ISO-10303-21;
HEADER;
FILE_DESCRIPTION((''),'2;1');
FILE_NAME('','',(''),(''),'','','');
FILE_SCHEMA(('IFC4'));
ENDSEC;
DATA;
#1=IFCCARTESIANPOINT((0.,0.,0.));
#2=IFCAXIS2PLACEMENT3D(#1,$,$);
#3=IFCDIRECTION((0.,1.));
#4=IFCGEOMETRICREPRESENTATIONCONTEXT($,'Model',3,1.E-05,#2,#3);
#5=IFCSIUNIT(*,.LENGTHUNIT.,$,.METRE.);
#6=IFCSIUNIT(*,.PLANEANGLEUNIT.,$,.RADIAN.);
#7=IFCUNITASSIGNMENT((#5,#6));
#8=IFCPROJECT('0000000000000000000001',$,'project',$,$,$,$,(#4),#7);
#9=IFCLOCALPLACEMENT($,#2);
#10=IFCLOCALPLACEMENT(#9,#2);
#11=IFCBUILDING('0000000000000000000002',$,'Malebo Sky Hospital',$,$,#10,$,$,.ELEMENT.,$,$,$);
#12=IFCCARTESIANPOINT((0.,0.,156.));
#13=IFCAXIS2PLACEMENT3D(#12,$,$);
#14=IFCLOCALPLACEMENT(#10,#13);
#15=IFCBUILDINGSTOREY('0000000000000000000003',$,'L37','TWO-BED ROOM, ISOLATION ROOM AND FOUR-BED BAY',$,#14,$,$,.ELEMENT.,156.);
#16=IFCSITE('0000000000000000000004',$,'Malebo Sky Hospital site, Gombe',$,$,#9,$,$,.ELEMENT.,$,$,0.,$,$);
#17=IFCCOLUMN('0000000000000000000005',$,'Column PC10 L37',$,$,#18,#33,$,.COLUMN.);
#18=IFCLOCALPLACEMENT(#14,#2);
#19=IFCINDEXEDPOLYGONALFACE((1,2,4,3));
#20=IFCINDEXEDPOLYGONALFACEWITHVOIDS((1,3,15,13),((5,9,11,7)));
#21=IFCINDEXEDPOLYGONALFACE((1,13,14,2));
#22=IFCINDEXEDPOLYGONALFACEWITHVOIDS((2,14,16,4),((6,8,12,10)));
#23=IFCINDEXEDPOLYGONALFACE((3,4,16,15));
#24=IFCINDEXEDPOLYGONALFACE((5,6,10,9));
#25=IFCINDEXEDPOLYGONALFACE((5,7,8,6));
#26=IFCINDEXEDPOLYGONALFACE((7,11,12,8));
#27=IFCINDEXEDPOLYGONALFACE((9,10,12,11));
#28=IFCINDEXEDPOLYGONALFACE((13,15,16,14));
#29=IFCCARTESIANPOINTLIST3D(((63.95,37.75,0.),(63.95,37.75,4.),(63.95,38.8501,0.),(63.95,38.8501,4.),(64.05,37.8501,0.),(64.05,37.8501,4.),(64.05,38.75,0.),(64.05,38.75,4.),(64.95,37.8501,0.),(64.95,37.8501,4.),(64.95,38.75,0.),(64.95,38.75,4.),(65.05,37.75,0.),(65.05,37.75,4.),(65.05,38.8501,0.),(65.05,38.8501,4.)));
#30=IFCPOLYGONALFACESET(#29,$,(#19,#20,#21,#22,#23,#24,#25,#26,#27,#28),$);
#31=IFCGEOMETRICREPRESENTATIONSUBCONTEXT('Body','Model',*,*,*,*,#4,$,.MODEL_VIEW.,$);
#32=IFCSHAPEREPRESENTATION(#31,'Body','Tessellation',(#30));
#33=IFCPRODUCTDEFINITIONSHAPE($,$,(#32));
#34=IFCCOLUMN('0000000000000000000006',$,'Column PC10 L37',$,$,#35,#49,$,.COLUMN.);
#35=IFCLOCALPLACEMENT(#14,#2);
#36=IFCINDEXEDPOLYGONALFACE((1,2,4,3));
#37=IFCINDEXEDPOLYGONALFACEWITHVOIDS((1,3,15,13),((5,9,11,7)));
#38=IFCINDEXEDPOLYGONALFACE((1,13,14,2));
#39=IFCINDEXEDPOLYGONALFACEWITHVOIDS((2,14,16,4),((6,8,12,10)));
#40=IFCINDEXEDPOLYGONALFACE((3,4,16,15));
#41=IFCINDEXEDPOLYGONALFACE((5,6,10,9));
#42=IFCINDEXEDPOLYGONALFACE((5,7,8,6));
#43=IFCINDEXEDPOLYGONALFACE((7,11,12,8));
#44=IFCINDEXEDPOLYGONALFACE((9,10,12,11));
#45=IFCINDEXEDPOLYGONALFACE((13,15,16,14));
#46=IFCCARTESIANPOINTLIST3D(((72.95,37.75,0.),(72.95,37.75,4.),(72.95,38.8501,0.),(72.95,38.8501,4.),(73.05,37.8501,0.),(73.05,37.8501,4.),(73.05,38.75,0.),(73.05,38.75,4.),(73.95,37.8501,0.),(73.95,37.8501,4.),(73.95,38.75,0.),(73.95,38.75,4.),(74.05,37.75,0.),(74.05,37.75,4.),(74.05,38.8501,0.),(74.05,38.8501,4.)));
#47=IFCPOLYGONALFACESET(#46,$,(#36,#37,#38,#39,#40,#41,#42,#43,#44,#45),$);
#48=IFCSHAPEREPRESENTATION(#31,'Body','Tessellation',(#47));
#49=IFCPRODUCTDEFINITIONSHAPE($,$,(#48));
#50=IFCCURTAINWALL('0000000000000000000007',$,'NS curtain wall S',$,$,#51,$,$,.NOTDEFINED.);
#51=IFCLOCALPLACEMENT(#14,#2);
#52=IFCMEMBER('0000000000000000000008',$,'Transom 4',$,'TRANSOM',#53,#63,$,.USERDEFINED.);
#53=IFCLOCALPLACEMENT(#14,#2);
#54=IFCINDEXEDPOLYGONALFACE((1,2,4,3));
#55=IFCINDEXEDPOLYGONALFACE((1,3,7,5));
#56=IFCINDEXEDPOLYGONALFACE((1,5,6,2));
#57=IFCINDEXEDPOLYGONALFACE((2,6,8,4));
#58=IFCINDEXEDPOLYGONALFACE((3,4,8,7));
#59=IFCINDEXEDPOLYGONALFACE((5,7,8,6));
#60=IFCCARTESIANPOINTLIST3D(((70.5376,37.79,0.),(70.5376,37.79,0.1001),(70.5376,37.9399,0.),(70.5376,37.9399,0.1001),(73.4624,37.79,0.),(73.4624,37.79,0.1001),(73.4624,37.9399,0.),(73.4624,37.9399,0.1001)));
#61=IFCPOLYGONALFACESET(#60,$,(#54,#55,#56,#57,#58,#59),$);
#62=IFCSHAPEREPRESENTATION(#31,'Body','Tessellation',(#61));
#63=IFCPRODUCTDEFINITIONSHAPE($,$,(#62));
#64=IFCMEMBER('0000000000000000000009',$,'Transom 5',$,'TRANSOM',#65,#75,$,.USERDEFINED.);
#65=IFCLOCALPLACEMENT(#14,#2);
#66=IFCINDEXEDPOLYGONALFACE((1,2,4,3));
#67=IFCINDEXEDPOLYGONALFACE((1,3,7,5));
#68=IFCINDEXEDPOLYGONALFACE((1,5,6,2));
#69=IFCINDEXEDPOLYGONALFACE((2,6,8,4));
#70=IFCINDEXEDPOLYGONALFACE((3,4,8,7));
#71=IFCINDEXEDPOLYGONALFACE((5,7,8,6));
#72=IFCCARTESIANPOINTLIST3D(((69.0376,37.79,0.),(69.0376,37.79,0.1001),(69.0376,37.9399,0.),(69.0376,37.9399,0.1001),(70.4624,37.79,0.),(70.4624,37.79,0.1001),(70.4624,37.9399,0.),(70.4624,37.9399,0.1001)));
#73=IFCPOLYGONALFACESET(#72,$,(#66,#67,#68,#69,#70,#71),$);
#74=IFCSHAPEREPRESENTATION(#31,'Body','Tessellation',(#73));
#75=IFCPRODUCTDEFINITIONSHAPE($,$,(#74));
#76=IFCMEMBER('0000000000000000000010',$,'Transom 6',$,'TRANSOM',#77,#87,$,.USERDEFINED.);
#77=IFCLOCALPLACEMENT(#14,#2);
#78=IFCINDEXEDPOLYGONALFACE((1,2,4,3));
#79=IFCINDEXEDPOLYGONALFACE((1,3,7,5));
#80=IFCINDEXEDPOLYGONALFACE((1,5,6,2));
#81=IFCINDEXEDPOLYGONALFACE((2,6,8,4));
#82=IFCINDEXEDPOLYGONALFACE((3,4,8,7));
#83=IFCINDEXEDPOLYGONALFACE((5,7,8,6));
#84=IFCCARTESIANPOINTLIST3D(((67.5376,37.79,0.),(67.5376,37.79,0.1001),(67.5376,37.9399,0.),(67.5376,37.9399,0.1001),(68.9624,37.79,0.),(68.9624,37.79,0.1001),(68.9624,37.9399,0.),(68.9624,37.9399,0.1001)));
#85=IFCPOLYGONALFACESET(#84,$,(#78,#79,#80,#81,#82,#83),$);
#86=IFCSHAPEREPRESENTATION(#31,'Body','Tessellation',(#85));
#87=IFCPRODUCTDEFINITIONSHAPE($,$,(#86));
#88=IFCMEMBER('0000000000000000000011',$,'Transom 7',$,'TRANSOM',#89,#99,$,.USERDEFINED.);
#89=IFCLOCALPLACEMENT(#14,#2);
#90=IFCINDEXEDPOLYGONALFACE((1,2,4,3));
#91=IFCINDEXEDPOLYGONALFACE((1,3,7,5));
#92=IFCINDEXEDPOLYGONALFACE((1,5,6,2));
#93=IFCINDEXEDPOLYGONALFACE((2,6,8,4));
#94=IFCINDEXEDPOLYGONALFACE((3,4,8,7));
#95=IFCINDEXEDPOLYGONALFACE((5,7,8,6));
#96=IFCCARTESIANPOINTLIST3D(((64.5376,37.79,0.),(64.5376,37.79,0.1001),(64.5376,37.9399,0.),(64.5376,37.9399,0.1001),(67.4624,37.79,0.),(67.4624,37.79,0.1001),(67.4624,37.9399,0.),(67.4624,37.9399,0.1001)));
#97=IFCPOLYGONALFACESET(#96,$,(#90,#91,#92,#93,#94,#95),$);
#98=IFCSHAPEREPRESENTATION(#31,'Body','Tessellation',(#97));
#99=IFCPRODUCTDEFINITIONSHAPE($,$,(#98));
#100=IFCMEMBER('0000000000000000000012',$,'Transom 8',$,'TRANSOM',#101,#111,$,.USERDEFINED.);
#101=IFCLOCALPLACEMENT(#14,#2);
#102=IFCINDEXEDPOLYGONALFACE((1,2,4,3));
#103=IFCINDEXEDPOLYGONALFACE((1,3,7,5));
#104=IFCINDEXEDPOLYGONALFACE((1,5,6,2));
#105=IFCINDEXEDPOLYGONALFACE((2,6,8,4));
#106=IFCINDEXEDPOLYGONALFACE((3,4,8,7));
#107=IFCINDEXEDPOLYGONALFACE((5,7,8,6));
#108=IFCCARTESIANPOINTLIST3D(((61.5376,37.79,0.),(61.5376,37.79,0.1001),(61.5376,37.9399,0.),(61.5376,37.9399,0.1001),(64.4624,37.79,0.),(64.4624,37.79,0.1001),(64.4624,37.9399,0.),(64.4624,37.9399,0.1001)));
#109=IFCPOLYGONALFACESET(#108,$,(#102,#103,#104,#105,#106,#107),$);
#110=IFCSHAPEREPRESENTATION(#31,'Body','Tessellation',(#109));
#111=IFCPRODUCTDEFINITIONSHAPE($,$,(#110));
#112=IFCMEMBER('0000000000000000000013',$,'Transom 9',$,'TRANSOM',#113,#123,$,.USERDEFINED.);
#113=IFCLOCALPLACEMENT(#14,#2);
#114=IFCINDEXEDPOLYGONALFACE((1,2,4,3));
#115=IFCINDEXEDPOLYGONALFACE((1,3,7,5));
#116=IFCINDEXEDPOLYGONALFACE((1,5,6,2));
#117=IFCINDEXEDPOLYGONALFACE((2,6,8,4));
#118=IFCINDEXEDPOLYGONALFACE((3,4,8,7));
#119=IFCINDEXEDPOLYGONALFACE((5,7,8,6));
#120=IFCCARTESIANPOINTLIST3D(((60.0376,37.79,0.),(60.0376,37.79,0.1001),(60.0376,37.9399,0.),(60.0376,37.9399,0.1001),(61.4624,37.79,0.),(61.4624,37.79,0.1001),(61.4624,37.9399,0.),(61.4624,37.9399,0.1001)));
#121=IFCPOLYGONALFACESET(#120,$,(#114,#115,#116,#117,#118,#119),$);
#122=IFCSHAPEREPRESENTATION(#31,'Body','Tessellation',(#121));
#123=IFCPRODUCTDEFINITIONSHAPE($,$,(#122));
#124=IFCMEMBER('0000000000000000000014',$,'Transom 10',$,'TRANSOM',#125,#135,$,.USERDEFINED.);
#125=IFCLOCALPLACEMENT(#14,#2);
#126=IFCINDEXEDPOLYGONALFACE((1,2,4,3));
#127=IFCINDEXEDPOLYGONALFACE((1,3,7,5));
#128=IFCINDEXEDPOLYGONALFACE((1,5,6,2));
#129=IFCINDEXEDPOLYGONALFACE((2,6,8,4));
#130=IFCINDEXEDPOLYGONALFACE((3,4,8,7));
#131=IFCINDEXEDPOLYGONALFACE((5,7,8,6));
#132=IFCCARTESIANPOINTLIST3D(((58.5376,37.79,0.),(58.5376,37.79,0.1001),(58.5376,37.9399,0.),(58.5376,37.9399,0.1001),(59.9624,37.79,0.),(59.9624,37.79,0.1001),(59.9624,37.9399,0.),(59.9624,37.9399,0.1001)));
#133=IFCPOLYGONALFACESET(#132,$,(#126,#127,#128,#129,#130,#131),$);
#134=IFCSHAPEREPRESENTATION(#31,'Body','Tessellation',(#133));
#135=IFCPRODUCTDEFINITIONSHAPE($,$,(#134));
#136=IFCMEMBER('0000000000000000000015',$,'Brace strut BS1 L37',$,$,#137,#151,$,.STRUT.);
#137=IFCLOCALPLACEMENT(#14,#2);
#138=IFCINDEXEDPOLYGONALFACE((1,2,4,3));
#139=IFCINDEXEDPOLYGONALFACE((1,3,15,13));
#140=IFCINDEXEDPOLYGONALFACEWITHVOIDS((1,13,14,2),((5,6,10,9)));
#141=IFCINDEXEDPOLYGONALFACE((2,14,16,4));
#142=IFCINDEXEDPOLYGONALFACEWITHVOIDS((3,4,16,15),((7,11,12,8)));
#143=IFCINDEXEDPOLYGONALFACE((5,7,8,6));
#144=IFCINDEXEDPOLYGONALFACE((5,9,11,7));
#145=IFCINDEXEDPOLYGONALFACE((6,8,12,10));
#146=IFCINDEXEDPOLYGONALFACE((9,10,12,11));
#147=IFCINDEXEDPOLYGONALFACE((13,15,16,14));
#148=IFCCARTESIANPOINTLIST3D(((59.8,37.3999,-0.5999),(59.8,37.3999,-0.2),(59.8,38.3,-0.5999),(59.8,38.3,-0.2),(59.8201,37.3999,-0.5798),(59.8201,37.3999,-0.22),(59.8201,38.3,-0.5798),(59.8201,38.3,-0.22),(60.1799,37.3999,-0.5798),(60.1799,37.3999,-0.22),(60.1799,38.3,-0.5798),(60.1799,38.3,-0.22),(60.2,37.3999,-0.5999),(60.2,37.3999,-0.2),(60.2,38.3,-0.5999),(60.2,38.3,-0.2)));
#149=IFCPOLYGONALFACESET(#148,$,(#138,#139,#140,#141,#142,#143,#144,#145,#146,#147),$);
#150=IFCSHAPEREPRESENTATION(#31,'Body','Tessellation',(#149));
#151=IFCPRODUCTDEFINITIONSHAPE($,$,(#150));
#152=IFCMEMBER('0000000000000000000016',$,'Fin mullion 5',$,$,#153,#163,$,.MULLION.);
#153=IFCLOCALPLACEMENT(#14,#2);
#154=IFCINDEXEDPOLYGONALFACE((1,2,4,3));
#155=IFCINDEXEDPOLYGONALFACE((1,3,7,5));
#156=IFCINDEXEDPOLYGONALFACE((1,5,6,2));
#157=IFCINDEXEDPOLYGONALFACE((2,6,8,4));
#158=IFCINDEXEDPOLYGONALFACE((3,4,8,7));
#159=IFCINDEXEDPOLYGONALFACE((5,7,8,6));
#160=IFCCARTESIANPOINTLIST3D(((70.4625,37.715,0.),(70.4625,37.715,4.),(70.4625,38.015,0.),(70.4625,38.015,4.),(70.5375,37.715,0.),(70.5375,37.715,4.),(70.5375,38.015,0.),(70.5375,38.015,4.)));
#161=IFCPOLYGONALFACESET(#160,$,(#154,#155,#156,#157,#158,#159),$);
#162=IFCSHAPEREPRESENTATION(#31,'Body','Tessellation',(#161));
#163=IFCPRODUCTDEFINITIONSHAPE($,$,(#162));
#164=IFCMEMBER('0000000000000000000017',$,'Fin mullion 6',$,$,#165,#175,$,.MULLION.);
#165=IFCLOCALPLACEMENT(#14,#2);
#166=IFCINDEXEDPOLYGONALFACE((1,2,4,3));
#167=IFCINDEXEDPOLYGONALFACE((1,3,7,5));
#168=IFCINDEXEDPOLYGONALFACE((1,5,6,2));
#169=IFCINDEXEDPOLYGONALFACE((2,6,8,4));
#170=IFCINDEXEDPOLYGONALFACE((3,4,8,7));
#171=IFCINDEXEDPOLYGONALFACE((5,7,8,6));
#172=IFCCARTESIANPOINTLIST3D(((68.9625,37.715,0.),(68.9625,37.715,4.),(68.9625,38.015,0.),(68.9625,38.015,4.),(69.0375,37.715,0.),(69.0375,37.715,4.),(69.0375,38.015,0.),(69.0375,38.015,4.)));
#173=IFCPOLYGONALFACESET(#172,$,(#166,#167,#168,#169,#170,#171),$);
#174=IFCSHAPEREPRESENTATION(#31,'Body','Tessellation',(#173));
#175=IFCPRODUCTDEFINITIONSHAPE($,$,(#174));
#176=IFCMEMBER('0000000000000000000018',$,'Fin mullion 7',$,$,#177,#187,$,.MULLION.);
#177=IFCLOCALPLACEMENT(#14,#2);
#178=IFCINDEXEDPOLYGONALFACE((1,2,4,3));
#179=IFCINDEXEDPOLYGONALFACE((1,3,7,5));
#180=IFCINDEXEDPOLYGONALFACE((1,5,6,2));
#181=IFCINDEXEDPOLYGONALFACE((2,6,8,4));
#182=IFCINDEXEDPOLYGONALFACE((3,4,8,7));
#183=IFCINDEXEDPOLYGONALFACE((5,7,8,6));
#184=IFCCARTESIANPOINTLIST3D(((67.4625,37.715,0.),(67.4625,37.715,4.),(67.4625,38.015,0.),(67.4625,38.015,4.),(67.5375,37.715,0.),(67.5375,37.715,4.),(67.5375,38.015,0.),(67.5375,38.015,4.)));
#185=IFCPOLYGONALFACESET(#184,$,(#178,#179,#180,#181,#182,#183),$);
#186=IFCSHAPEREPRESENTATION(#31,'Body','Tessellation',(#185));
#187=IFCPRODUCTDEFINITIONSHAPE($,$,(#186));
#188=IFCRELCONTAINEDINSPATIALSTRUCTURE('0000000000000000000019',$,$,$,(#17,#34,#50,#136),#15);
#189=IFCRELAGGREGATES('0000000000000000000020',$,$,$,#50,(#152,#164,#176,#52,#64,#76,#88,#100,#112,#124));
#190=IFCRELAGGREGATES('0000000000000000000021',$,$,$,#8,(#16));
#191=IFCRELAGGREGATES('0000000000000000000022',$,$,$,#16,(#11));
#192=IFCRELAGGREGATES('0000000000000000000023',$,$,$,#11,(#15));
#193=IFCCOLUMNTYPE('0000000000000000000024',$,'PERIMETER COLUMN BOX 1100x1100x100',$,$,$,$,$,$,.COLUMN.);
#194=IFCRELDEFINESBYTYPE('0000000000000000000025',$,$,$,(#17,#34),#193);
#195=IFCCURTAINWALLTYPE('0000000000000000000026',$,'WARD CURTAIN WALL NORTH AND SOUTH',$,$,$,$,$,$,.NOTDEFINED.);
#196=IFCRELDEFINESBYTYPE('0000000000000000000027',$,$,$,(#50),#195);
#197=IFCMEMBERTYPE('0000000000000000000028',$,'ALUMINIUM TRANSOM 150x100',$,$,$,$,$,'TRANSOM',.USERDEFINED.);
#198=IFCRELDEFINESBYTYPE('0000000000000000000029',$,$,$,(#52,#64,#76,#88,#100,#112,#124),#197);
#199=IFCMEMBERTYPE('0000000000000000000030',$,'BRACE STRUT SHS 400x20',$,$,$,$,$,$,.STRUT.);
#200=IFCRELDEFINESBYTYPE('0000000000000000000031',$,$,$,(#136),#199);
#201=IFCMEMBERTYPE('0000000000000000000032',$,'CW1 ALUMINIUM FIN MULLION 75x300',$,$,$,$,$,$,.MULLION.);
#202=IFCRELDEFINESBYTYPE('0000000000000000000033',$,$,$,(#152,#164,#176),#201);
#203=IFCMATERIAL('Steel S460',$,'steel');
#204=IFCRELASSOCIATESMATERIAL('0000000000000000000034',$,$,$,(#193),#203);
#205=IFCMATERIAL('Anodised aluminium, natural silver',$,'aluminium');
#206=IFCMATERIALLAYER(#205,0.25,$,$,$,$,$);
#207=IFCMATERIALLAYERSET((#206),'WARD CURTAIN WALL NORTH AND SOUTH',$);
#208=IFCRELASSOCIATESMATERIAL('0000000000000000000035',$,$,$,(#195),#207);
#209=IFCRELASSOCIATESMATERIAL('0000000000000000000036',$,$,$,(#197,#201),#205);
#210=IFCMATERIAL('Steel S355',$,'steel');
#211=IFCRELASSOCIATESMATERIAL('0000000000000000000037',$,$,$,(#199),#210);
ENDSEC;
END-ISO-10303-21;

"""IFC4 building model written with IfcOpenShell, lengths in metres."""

from ifc_helpers import new_model, si_unit, direction, frame, origin, origin_2d, place, context, subcontext, project, spatial, rectangle, hollow_rectangle, extrude, material, layer, layer_set, material_profile, profile_set, type_object, element, aggregate, save


model = new_model("IFC4")

# Units and contexts
model_context = context("Model", 3, precision=1e-05, world=origin(), true_north=direction((0.0, 1.0)))
body_context = subcontext(model_context, "Body", "Model", "MODEL_VIEW")
ifc_project = project(units=[si_unit("LENGTHUNIT", "METRE"), si_unit("PLANEANGLEUNIT", "RADIAN")], contexts=[model_context])

# Site, building, storey
site_placement = place(None, origin())
site = spatial("IfcSite", under=ifc_project, at=site_placement, Name="Malebo Sky Hospital site, Gombe", CompositionType="ELEMENT", RefElevation=0.0)
building_placement = place(site_placement, origin())
building = spatial("IfcBuilding", under=site, at=building_placement, Name="Malebo Sky Hospital", CompositionType="ELEMENT")
storey_placement = place(building_placement, frame((0.0, 0.0, 156.0)))
storey = spatial("IfcBuildingStorey", under=building, at=storey_placement, Name="L37", Description="TWO-BED ROOM, ISOLATION ROOM AND FOUR-BED BAY", CompositionType="ELEMENT", Elevation=156.0)

# Columns
ifc_material_1 = material(Name="Steel S460", Category="steel")
ifc_material_profile_1 = material_profile(ifc_material_1, hollow_rectangle(XDim=1.1001, YDim=1.1001, WallThickness=0.1001, at=origin_2d()), Name="BOX 1100x1100x100")
ifc_profile_set_1 = profile_set([ifc_material_profile_1], Name="Steel S460")
column_type = type_object("IfcColumnType", Name="PERIMETER COLUMN BOX 1100x1100x100", PredefinedType="COLUMN", material=ifc_profile_set_1)
for number, where, z_axis, x_axis, name in (
    (1, (64.5, 38.3, 0.0), (0.0, 0.0, 1.0), (1.0, 0.0, 0.0), "Column PC10 L37"),
    (2, (73.5, 38.3, 0.0), (0.0, 0.0, 1.0), (1.0, 0.0, 0.0), "Column PC10 L37"),
):
    element("IfcColumn", number, at=place(storey_placement, frame(where, z_axis=z_axis, x_axis=x_axis)), inside=storey, type_object=column_type, Name=name, PredefinedType="COLUMN", context=body_context, shape_type="SweptSolid", body=[
        extrude(hollow_rectangle(XDim=1.1001, YDim=1.1001, WallThickness=0.1001, at=origin_2d()), origin(), (0.0, 0.0, 1.0), 4.0),
    ])

# Curtain wall, members
ifc_material_2 = material(Name="Anodised aluminium, natural silver", Category="aluminium")
ifc_layer_1 = layer(ifc_material_2, 0.25)
ifc_layer_set_1 = layer_set([ifc_layer_1], Name="WARD CURTAIN WALL NORTH AND SOUTH")
curtain_wall_type = type_object("IfcCurtainWallType", Name="WARD CURTAIN WALL NORTH AND SOUTH", PredefinedType="NOTDEFINED", material=ifc_layer_set_1)
curtain_wall_placement = place(storey_placement, origin())
curtain_wall = element("IfcCurtainWall", 3, at=curtain_wall_placement, inside=storey, type_object=curtain_wall_type, Name="NS curtain wall S", PredefinedType="NOTDEFINED")
ifc_material_profile_2 = material_profile(ifc_material_2, rectangle(XDim=0.1499, YDim=0.1001, at=origin_2d()), Name="ALUMINIUM TRANSOM 150x100")
ifc_profile_set_2 = profile_set([ifc_material_profile_2], Name="Anodised aluminium, natural silver")
member_type_1 = type_object("IfcMemberType", Name="ALUMINIUM TRANSOM 150x100", ElementType="TRANSOM", PredefinedType="USERDEFINED", material=ifc_profile_set_2)
member_1_placement = place(storey_placement, frame((73.4624, 37.865, 0.05), z_axis=(-1.0, 0.0, 0.0), x_axis=(0.0, -1.0, 0.0)))
member_1 = element("IfcMember", 4, at=member_1_placement, type_object=member_type_1, Name="Transom 4", ObjectType="TRANSOM", PredefinedType="USERDEFINED", context=body_context, shape_type="SweptSolid", body=[
    extrude(rectangle(XDim=0.1499, YDim=0.1001, at=origin_2d()), origin(), (0.0, 0.0, 1.0), 2.9248),
])
member_2_placement = place(storey_placement, frame((70.4624, 37.865, 0.05), z_axis=(-1.0, 0.0, 0.0), x_axis=(0.0, -1.0, 0.0)))
member_2 = element("IfcMember", 5, at=member_2_placement, type_object=member_type_1, Name="Transom 5", ObjectType="TRANSOM", PredefinedType="USERDEFINED", context=body_context, shape_type="SweptSolid", body=[
    extrude(rectangle(XDim=0.1499, YDim=0.1001, at=origin_2d()), origin(), (0.0, 0.0, 1.0), 1.4248),
])
member_3_placement = place(storey_placement, frame((68.9624, 37.865, 0.05), z_axis=(-1.0, 0.0, 0.0), x_axis=(0.0, -1.0, 0.0)))
member_3 = element("IfcMember", 6, at=member_3_placement, type_object=member_type_1, Name="Transom 6", ObjectType="TRANSOM", PredefinedType="USERDEFINED", context=body_context, shape_type="SweptSolid", body=[
    extrude(rectangle(XDim=0.1499, YDim=0.1001, at=origin_2d()), origin(), (0.0, 0.0, 1.0), 1.4248),
])
member_4_placement = place(storey_placement, frame((67.4624, 37.865, 0.05), z_axis=(-1.0, 0.0, 0.0), x_axis=(0.0, -1.0, 0.0)))
member_4 = element("IfcMember", 7, at=member_4_placement, type_object=member_type_1, Name="Transom 7", ObjectType="TRANSOM", PredefinedType="USERDEFINED", context=body_context, shape_type="SweptSolid", body=[
    extrude(rectangle(XDim=0.1499, YDim=0.1001, at=origin_2d()), origin(), (0.0, 0.0, 1.0), 2.9248),
])
member_5_placement = place(storey_placement, frame((64.4624, 37.865, 0.05), z_axis=(-1.0, 0.0, 0.0), x_axis=(0.0, -1.0, 0.0)))
member_5 = element("IfcMember", 8, at=member_5_placement, type_object=member_type_1, Name="Transom 8", ObjectType="TRANSOM", PredefinedType="USERDEFINED", context=body_context, shape_type="SweptSolid", body=[
    extrude(rectangle(XDim=0.1499, YDim=0.1001, at=origin_2d()), origin(), (0.0, 0.0, 1.0), 2.9248),
])
member_6_placement = place(storey_placement, frame((61.4624, 37.865, 0.05), z_axis=(-1.0, 0.0, 0.0), x_axis=(0.0, -1.0, 0.0)))
member_6 = element("IfcMember", 9, at=member_6_placement, type_object=member_type_1, Name="Transom 9", ObjectType="TRANSOM", PredefinedType="USERDEFINED", context=body_context, shape_type="SweptSolid", body=[
    extrude(rectangle(XDim=0.1499, YDim=0.1001, at=origin_2d()), origin(), (0.0, 0.0, 1.0), 1.4248),
])
member_7_placement = place(storey_placement, frame((59.9624, 37.865, 0.05), z_axis=(-1.0, 0.0, 0.0), x_axis=(0.0, -1.0, 0.0)))
member_7 = element("IfcMember", 10, at=member_7_placement, type_object=member_type_1, Name="Transom 10", ObjectType="TRANSOM", PredefinedType="USERDEFINED", context=body_context, shape_type="SweptSolid", body=[
    extrude(rectangle(XDim=0.1499, YDim=0.1001, at=origin_2d()), origin(), (0.0, 0.0, 1.0), 1.4248),
])

# Members
ifc_material_3 = material(Name="Steel S355", Category="steel")
ifc_material_profile_3 = material_profile(ifc_material_3, hollow_rectangle(XDim=0.3999, YDim=0.3999, WallThickness=0.02, at=origin_2d()), Name="SHS 400x20")
ifc_profile_set_3 = profile_set([ifc_material_profile_3], Name="Steel S355")
member_type_2 = type_object("IfcMemberType", Name="BRACE STRUT SHS 400x20", PredefinedType="STRUT", material=ifc_profile_set_3)
member_8_placement = place(storey_placement, frame((60.0, 37.3999, -0.3999), z_axis=(0.0, 1.0, 0.0), x_axis=(-1.0, 0.0, 0.0)))
element("IfcMember", 11, at=member_8_placement, inside=storey, type_object=member_type_2, Name="Brace strut BS1 L37", PredefinedType="STRUT", context=body_context, shape_type="SweptSolid", body=[
    extrude(hollow_rectangle(XDim=0.3999, YDim=0.3999, WallThickness=0.02, at=origin_2d()), origin(), (0.0, 0.0, 1.0), 0.9001),
])
ifc_material_profile_4 = material_profile(ifc_material_2, rectangle(XDim=0.075, YDim=0.3, at=origin_2d()), Name="CW1 ALUMINIUM FIN MULLION 75x300")
ifc_profile_set_4 = profile_set([ifc_material_profile_4], Name="Anodised aluminium, natural silver")
member_type_3 = type_object("IfcMemberType", Name="CW1 ALUMINIUM FIN MULLION 75x300", PredefinedType="MULLION", material=ifc_profile_set_4)
member_9_placement = place(storey_placement, frame((70.5, 37.865, 0.0), z_axis=(0.0, 0.0, 1.0), x_axis=(-1.0, 0.0, 0.0)))
member_9 = element("IfcMember", 12, at=member_9_placement, type_object=member_type_3, Name="Fin mullion 5", PredefinedType="MULLION", context=body_context, shape_type="SweptSolid", body=[
    extrude(rectangle(XDim=0.075, YDim=0.3, at=origin_2d()), origin(), (0.0, 0.0, 1.0), 4.0),
])
member_10_placement = place(storey_placement, frame((69.0, 37.865, 0.0), z_axis=(0.0, 0.0, 1.0), x_axis=(-1.0, 0.0, 0.0)))
member_10 = element("IfcMember", 13, at=member_10_placement, type_object=member_type_3, Name="Fin mullion 6", PredefinedType="MULLION", context=body_context, shape_type="SweptSolid", body=[
    extrude(rectangle(XDim=0.075, YDim=0.3, at=origin_2d()), origin(), (0.0, 0.0, 1.0), 4.0),
])
member_11_placement = place(storey_placement, frame((67.5, 37.865, 0.0), z_axis=(0.0, 0.0, 1.0), x_axis=(-1.0, 0.0, 0.0)))
member_11 = element("IfcMember", 14, at=member_11_placement, type_object=member_type_3, Name="Fin mullion 7", PredefinedType="MULLION", context=body_context, shape_type="SweptSolid", body=[
    extrude(rectangle(XDim=0.075, YDim=0.3, at=origin_2d()), origin(), (0.0, 0.0, 1.0), 4.0),
])

aggregate(curtain_wall, [member_9, member_10, member_11, member_1, member_2, member_3, member_4, member_5, member_6, member_7])

save(model, "model.ifc")
